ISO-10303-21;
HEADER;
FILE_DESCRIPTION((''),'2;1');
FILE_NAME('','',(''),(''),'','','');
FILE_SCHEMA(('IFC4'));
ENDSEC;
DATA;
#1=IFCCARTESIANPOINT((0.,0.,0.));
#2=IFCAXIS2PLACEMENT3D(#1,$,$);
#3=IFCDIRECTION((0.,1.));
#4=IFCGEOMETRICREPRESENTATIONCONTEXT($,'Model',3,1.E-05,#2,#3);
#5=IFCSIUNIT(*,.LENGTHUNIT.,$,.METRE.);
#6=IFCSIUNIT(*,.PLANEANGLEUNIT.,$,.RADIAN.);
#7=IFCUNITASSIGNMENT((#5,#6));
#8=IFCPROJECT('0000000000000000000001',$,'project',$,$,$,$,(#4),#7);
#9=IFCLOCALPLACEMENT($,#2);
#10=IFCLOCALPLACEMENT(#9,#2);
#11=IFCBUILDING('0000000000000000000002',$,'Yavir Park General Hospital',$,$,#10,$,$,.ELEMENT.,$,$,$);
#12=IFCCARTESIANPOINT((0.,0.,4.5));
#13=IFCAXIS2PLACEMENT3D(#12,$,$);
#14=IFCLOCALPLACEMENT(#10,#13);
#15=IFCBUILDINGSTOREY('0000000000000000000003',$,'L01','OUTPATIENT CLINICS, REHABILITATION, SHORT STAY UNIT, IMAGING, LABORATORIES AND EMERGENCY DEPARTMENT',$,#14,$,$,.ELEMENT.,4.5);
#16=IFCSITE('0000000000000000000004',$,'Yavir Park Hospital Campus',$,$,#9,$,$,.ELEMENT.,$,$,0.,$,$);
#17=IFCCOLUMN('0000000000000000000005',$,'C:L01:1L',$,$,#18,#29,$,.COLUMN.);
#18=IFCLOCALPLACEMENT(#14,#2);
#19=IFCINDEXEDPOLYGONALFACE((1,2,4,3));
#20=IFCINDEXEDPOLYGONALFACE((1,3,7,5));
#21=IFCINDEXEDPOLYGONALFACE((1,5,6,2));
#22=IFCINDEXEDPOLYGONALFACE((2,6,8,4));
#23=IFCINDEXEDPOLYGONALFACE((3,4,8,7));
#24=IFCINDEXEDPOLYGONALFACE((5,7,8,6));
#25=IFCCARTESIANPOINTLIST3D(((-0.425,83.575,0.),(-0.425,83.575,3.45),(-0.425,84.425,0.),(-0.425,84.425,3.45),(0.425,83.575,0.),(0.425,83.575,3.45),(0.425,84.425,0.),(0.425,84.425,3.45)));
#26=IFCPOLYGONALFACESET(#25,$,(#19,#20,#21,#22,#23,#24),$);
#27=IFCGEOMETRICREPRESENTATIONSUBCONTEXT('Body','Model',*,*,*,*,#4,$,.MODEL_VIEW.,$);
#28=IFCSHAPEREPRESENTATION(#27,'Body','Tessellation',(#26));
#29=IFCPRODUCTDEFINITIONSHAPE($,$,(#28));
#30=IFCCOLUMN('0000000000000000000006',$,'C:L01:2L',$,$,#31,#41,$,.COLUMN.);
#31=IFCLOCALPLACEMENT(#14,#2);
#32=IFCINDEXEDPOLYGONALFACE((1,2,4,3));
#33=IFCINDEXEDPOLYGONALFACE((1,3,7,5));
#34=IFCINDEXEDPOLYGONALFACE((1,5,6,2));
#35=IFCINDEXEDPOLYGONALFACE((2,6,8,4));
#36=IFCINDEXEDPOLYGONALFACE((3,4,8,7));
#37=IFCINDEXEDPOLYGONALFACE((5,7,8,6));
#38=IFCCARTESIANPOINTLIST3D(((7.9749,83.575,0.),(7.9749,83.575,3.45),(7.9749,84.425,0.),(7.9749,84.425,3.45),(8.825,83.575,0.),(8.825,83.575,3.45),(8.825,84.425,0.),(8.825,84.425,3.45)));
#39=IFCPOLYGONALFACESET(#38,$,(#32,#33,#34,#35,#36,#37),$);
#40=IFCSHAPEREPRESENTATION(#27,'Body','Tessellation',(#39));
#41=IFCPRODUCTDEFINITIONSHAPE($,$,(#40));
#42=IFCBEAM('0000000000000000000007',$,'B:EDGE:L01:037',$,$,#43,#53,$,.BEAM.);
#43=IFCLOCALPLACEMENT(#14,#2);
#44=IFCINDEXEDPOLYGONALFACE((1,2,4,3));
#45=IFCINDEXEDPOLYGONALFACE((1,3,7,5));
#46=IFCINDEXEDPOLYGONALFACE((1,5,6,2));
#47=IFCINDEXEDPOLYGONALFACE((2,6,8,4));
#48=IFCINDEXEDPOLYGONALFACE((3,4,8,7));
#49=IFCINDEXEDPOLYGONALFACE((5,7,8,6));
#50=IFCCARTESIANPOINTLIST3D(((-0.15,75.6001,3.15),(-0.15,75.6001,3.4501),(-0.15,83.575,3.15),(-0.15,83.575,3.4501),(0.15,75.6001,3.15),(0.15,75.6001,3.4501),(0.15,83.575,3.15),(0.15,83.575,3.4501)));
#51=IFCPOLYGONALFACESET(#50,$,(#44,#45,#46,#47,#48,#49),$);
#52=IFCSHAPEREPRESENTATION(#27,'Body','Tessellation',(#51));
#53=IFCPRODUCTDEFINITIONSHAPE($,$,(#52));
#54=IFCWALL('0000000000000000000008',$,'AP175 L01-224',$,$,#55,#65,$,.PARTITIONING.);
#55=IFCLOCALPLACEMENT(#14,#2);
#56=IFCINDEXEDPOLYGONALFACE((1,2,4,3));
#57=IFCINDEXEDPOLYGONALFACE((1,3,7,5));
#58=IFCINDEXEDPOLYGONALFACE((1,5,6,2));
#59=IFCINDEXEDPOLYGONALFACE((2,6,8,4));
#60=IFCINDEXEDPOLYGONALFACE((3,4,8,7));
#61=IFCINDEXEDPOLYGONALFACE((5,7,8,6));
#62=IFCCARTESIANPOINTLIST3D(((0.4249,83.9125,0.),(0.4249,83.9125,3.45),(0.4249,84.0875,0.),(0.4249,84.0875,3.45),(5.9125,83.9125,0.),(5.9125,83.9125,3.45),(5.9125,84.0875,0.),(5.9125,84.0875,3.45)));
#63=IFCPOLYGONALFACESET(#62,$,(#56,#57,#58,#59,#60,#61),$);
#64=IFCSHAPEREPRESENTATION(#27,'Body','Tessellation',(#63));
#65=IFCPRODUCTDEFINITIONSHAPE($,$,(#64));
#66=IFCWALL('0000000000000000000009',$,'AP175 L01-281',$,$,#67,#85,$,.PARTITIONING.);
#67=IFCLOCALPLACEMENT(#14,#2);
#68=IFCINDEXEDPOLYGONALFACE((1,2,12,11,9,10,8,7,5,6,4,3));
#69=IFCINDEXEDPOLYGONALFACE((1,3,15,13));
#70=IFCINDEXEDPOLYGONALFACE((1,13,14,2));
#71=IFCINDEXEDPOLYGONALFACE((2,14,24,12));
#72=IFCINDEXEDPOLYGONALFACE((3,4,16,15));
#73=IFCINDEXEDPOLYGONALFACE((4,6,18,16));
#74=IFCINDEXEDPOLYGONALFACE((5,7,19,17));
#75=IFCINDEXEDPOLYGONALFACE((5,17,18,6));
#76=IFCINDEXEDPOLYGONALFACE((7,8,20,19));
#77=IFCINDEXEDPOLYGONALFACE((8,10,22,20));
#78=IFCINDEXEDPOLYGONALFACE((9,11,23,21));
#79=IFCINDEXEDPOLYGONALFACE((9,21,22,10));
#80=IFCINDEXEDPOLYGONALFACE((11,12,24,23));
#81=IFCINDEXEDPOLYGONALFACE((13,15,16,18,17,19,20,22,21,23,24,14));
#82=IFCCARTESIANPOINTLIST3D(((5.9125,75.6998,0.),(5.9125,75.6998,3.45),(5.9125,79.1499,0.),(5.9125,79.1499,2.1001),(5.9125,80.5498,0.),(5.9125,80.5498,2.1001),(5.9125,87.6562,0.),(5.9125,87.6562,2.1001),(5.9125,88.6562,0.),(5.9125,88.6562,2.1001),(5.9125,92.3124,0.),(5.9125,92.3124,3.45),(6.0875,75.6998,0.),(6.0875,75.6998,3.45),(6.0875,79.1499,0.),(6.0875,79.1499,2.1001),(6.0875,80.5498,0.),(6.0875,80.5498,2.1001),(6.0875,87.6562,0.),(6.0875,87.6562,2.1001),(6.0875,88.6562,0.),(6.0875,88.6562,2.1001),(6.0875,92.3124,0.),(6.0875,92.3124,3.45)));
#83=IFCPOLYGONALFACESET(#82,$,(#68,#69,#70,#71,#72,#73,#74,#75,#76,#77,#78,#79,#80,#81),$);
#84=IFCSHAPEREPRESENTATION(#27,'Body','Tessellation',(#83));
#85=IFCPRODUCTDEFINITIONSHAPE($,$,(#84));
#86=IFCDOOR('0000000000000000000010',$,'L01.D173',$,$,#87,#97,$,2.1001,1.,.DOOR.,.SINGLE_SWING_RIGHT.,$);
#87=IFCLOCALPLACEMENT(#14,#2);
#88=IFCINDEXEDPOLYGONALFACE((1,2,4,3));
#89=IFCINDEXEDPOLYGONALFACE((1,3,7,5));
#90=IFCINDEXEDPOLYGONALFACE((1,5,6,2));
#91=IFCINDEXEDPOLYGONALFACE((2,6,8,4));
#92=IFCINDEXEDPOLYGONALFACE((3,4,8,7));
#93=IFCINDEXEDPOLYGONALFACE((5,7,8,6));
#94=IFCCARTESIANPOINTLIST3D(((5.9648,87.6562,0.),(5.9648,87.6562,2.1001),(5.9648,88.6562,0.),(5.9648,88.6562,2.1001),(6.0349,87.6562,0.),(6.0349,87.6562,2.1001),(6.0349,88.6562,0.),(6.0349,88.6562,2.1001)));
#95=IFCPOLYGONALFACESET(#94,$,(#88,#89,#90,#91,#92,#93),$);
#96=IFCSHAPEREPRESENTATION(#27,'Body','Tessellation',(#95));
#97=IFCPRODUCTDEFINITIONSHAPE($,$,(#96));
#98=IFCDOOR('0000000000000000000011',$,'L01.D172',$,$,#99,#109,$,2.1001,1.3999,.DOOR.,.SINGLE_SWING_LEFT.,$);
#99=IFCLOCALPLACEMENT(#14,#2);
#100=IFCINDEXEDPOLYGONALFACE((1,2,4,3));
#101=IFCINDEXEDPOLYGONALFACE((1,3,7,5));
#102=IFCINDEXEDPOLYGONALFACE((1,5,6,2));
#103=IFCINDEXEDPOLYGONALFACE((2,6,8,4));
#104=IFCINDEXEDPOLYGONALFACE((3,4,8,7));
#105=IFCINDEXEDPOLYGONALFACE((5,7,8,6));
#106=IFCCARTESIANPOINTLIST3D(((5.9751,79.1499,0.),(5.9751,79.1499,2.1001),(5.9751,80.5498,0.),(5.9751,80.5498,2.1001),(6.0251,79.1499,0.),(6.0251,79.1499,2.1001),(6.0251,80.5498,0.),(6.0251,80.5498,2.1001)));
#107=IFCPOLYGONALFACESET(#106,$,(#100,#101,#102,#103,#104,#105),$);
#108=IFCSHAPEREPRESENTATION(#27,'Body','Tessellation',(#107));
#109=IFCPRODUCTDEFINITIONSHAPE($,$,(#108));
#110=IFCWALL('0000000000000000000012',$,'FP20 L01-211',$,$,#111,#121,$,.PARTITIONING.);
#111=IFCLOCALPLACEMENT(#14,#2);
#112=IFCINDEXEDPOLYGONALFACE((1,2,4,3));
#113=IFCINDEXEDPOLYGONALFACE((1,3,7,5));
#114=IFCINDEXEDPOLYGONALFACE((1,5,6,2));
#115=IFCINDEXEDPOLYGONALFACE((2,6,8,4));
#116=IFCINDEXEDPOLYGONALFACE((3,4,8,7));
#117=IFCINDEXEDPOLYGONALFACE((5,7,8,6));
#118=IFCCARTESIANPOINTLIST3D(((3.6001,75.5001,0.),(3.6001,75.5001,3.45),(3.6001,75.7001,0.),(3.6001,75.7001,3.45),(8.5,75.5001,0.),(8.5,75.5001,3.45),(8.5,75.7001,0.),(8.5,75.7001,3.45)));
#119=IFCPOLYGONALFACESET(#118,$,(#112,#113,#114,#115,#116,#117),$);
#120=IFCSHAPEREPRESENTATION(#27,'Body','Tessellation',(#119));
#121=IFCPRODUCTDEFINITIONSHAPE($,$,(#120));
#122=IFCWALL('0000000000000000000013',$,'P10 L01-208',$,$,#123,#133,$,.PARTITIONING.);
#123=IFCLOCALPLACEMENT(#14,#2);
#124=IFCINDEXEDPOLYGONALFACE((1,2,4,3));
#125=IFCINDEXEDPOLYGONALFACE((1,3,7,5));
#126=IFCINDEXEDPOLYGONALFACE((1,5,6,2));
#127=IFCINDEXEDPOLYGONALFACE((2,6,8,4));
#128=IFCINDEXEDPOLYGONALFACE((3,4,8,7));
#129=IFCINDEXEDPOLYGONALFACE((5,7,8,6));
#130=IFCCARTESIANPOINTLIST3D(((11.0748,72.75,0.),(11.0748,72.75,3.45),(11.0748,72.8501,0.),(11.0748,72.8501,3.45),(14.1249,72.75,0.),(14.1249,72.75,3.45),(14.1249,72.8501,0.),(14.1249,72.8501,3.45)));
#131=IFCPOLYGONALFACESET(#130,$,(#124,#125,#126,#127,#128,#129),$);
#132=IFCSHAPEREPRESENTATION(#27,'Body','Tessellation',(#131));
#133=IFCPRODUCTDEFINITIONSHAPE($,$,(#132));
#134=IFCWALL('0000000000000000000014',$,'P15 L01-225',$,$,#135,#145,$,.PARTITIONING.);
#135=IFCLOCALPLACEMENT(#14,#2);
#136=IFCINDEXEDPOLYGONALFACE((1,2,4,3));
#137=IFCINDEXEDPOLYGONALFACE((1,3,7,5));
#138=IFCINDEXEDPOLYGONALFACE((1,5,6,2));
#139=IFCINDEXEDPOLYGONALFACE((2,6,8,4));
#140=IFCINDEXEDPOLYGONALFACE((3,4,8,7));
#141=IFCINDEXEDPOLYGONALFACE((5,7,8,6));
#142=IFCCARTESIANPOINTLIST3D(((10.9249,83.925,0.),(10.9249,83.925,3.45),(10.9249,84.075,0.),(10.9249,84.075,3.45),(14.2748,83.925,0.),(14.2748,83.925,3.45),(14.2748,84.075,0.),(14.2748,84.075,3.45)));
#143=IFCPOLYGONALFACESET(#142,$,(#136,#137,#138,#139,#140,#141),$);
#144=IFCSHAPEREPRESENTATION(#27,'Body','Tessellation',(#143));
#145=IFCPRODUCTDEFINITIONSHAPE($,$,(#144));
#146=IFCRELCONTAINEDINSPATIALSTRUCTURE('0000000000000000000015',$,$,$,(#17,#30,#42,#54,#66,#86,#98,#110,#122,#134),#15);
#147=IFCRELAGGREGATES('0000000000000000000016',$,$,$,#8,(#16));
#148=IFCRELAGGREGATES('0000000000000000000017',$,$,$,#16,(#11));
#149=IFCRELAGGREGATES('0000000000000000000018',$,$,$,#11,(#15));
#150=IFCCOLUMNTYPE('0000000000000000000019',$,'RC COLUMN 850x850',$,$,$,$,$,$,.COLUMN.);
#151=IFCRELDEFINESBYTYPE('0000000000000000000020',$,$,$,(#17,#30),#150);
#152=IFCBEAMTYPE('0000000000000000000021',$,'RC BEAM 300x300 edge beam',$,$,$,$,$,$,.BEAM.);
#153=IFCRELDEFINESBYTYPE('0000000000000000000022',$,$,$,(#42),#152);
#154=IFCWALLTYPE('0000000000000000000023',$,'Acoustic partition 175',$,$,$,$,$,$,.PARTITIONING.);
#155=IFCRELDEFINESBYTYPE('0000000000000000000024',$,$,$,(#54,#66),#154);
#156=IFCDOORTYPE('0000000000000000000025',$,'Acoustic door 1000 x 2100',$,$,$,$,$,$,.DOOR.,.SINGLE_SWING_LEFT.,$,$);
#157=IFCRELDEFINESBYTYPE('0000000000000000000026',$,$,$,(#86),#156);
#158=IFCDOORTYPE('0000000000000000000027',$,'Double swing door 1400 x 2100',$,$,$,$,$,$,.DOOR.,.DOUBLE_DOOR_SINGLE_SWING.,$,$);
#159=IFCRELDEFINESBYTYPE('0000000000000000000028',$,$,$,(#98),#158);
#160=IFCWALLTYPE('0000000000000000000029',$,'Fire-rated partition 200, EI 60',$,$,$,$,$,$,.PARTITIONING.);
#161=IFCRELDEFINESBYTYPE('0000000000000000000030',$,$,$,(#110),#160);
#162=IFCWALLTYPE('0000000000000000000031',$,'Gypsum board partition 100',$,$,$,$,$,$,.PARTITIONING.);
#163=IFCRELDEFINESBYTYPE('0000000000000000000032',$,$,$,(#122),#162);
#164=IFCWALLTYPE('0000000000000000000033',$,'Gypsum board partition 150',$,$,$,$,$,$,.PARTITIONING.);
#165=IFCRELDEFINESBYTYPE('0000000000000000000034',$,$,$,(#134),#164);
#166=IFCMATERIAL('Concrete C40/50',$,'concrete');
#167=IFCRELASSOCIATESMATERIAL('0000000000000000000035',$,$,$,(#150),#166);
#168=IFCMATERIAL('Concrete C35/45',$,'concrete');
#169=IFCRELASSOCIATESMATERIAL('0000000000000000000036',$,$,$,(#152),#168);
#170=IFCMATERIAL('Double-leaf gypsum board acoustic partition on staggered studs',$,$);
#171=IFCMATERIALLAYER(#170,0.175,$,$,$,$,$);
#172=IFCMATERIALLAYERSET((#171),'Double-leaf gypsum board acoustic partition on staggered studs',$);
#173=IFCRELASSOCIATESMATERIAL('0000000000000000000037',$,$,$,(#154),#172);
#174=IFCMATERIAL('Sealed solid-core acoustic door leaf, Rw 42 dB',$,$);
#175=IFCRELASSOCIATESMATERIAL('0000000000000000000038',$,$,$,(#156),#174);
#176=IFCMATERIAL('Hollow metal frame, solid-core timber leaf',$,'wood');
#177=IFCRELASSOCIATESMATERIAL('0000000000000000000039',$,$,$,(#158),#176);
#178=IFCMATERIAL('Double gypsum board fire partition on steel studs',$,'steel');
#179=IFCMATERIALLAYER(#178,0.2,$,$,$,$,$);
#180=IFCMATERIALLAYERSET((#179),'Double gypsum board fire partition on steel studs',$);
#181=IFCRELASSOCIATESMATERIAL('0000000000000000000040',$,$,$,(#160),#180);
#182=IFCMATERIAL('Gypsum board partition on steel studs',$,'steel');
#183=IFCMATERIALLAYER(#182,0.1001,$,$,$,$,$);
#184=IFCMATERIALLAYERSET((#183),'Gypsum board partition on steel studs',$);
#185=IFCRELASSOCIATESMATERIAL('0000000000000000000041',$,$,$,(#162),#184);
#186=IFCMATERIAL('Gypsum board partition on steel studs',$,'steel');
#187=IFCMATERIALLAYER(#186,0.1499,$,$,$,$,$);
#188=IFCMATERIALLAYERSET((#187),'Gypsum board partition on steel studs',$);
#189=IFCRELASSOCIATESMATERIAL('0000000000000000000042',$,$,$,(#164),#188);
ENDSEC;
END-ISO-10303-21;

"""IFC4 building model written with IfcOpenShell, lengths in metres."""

from ifc_helpers import new_model, si_unit, direction, frame, frame_2d, origin, origin_2d, place, context, subcontext, project, spatial, rectangle, extrude, material, layer, layer_set, material_profile, profile_set, type_object, element, fill, save


model = new_model("IFC4")

# Units and contexts
model_context = context("Model", 3, precision=1e-05, world=origin(), true_north=direction((0.0, 1.0)))
body_context = subcontext(model_context, "Body", "Model", "MODEL_VIEW")
ifc_project = project(units=[si_unit("LENGTHUNIT", "METRE"), si_unit("PLANEANGLEUNIT", "RADIAN")], contexts=[model_context])

# Site, building, storey
site_placement = place(None, origin())
site = spatial("IfcSite", under=ifc_project, at=site_placement, Name="Yavir Park Hospital Campus", CompositionType="ELEMENT", RefElevation=0.0)
building_placement = place(site_placement, origin())
building = spatial("IfcBuilding", under=site, at=building_placement, Name="Yavir Park General Hospital", CompositionType="ELEMENT")
storey_placement = place(building_placement, frame((0.0, 0.0, 4.5)))
storey = spatial("IfcBuildingStorey", under=building, at=storey_placement, Name="L01", Description="OUTPATIENT CLINICS, REHABILITATION, SHORT STAY UNIT, IMAGING, LABORATORIES AND EMERGENCY DEPARTMENT", CompositionType="ELEMENT", Elevation=4.5)

# Columns
ifc_material_1 = material(Name="Concrete C40/50", Category="concrete")
ifc_material_profile_1 = material_profile(ifc_material_1, rectangle(XDim=0.8501, YDim=0.8501, at=origin_2d()), Name="RC850x850")
ifc_profile_set_1 = profile_set([ifc_material_profile_1], Name="Concrete C40/50")
column_type = type_object("IfcColumnType", Name="RC COLUMN 850x850", PredefinedType="COLUMN", material=ifc_profile_set_1)
for number, where, z_axis, x_axis, name in (
    (1, (0.0, 84.0, 0.0), (0.0, 0.0, 1.0), (1.0, 0.0, 0.0), "C:L01:1L"),
    (2, (8.3999, 84.0, 0.0), (0.0, 0.0, 1.0), (1.0, 0.0, 0.0), "C:L01:2L"),
):
    element("IfcColumn", number, at=place(storey_placement, frame(where, z_axis=z_axis, x_axis=x_axis)), inside=storey, type_object=column_type, Name=name, PredefinedType="COLUMN", context=body_context, shape_type="SweptSolid", body=[
        extrude(rectangle(XDim=0.8501, YDim=0.8501, at=origin_2d()), origin(), (0.0, 0.0, 1.0), 3.45),
    ])

# Beam
ifc_material_2 = material(Name="Concrete C35/45", Category="concrete")
ifc_material_profile_2 = material_profile(ifc_material_2, rectangle(XDim=0.3, YDim=0.3, at=origin_2d()), Name="RC300x300")
ifc_profile_set_2 = profile_set([ifc_material_profile_2], Name="Concrete C35/45")
beam_type = type_object("IfcBeamType", Name="RC BEAM 300x300 edge beam", PredefinedType="BEAM", material=ifc_profile_set_2)
beam_placement = place(storey_placement, frame((0.0, 75.6001, 3.3), z_axis=(0.0, 1.0, 0.0), x_axis=(-1.0, 0.0, 0.0)))
element("IfcBeam", 3, at=beam_placement, inside=storey, type_object=beam_type, Name="B:EDGE:L01:037", PredefinedType="BEAM", context=body_context, shape_type="SweptSolid", body=[
    extrude(rectangle(XDim=0.3, YDim=0.3, at=origin_2d()), origin(), (0.0, 0.0, 1.0), 7.9749),
])

# Wall
ifc_material_3 = material(Name="Double-leaf gypsum board acoustic partition on staggered studs")
ifc_layer_1 = layer(ifc_material_3, 0.175)
ifc_layer_set_1 = layer_set([ifc_layer_1], Name="Double-leaf gypsum board acoustic partition on staggered studs")
wall_type_1 = type_object("IfcWallType", Name="Acoustic partition 175", PredefinedType="PARTITIONING", material=ifc_layer_set_1)
wall_1_placement = place(storey_placement, frame((0.425, 84.0, 0.0), z_axis=(0.0, 0.0, 1.0), x_axis=(1.0, 0.0, 0.0)))
element("IfcWall", 4, at=wall_1_placement, inside=storey, type_object=wall_type_1, Name="AP175 L01-224", PredefinedType="PARTITIONING", context=body_context, shape_type="SweptSolid", body=[
    extrude(rectangle(XDim=5.4875, YDim=0.175, at=frame_2d((2.7437, 0.0))), origin(), (0.0, 0.0, 1.0), 3.45),
])

# Wall, openings, doors
wall_2_placement = place(storey_placement, frame((6.0, 75.7, 0.0), z_axis=(0.0, 0.0, 1.0), x_axis=(0.0, 1.0, 0.0)))
wall_2 = element("IfcWall", 5, at=wall_2_placement, inside=storey, type_object=wall_type_1, Name="AP175 L01-281", PredefinedType="PARTITIONING", context=body_context, shape_type="SweptSolid", body=[
    extrude(rectangle(XDim=16.6125, YDim=0.175, at=frame_2d((8.3062, 0.0))), origin(), (0.0, 0.0, 1.0), 3.45),
])
opening_1_placement = place(wall_2_placement, frame((3.45, 0.0, 0.0)))
opening_1 = element("IfcOpeningElement", 6, at=opening_1_placement, cuts=wall_2, PredefinedType="OPENING", context=body_context, shape_type="SweptSolid", body=[
    extrude(rectangle(XDim=1.3999, YDim=2.1001, at=frame_2d((0.7, 1.05))), frame((0.0, 0.0974, 0.0), z_axis=(0.0, -1.0, 0.0), x_axis=(1.0, 0.0, 0.0)), (0.0, 0.0, 1.0), 0.1951),
])
opening_2_placement = place(wall_2_placement, frame((11.9563, 0.0, 0.0)))
opening_2 = element("IfcOpeningElement", 7, at=opening_2_placement, cuts=wall_2, PredefinedType="OPENING", context=body_context, shape_type="SweptSolid", body=[
    extrude(rectangle(XDim=1.0, YDim=2.1001, at=frame_2d((0.5, 1.05))), frame((0.0, 0.0974, 0.0), z_axis=(0.0, -1.0, 0.0), x_axis=(1.0, 0.0, 0.0)), (0.0, 0.0, 1.0), 0.1951),
])
ifc_material_4 = material(Name="Sealed solid-core acoustic door leaf, Rw 42 dB")
door_type_1 = type_object("IfcDoorType", Name="Acoustic door 1000 x 2100", OperationType="SINGLE_SWING_LEFT", PredefinedType="DOOR", material=ifc_material_4)
door_1_placement = place(opening_2_placement, origin())
door_1 = element("IfcDoor", 8, at=door_1_placement, inside=storey, type_object=door_type_1, Name="L01.D173", OperationType="SINGLE_SWING_RIGHT", OverallHeight=2.1001, OverallWidth=1.0, PredefinedType="DOOR", context=body_context, shape_type="SweptSolid", body=[
    extrude(rectangle(XDim=1.0, YDim=2.1001, at=frame_2d((0.5, 1.05))), frame((0.0, 0.0352, 0.0), z_axis=(0.0, -1.0, 0.0), x_axis=(1.0, 0.0, 0.0)), (0.0, 0.0, 1.0), 0.0701),
])
fill(opening_2, door_1)
ifc_material_5 = material(Name="Hollow metal frame, solid-core timber leaf", Category="wood")
door_type_2 = type_object("IfcDoorType", Name="Double swing door 1400 x 2100", OperationType="DOUBLE_DOOR_SINGLE_SWING", PredefinedType="DOOR", material=ifc_material_5)
door_2_placement = place(opening_1_placement, origin())
door_2 = element("IfcDoor", 9, at=door_2_placement, inside=storey, type_object=door_type_2, Name="L01.D172", OperationType="SINGLE_SWING_LEFT", OverallHeight=2.1001, OverallWidth=1.3999, PredefinedType="DOOR", context=body_context, shape_type="SweptSolid", body=[
    extrude(rectangle(XDim=1.3999, YDim=2.1001, at=frame_2d((0.7, 1.05))), frame((0.0, 0.0249, 0.0), z_axis=(0.0, -1.0, 0.0), x_axis=(1.0, 0.0, 0.0)), (0.0, 0.0, 1.0), 0.05),
])
fill(opening_1, door_2)

# Walls
ifc_material_6 = material(Name="Double gypsum board fire partition on steel studs", Category="steel")
ifc_layer_2 = layer(ifc_material_6, 0.2)
ifc_layer_set_2 = layer_set([ifc_layer_2], Name="Double gypsum board fire partition on steel studs")
wall_type_2 = type_object("IfcWallType", Name="Fire-rated partition 200, EI 60", PredefinedType="PARTITIONING", material=ifc_layer_set_2)
wall_3_placement = place(storey_placement, frame((3.6001, 75.6001, 0.0), z_axis=(0.0, 0.0, 1.0), x_axis=(1.0, 0.0, 0.0)))
element("IfcWall", 10, at=wall_3_placement, inside=storey, type_object=wall_type_2, Name="FP20 L01-211", PredefinedType="PARTITIONING", context=body_context, shape_type="SweptSolid", body=[
    extrude(rectangle(XDim=4.8999, YDim=0.2, at=frame_2d((2.45, 0.0))), origin(), (0.0, 0.0, 1.0), 3.45),
])
ifc_material_7 = material(Name="Gypsum board partition on steel studs", Category="steel")
ifc_layer_3 = layer(ifc_material_7, 0.1001)
ifc_layer_set_3 = layer_set([ifc_layer_3], Name="Gypsum board partition on steel studs")
wall_type_3 = type_object("IfcWallType", Name="Gypsum board partition 100", PredefinedType="PARTITIONING", material=ifc_layer_set_3)
wall_4_placement = place(storey_placement, frame((11.075, 72.8, 0.0), z_axis=(0.0, 0.0, 1.0), x_axis=(1.0, 0.0, 0.0)))
element("IfcWall", 11, at=wall_4_placement, inside=storey, type_object=wall_type_3, Name="P10 L01-208", PredefinedType="PARTITIONING", context=body_context, shape_type="SweptSolid", body=[
    extrude(rectangle(XDim=3.05, YDim=0.1001, at=frame_2d((1.5249, 0.0))), origin(), (0.0, 0.0, 1.0), 3.45),
])
ifc_material_8 = material(Name="Gypsum board partition on steel studs", Category="steel")
ifc_layer_4 = layer(ifc_material_8, 0.1499)
ifc_layer_set_4 = layer_set([ifc_layer_4], Name="Gypsum board partition on steel studs")
wall_type_4 = type_object("IfcWallType", Name="Gypsum board partition 150", PredefinedType="PARTITIONING", material=ifc_layer_set_4)
wall_5_placement = place(storey_placement, frame((10.925, 84.0, 0.0), z_axis=(0.0, 0.0, 1.0), x_axis=(1.0, 0.0, 0.0)))
element("IfcWall", 12, at=wall_5_placement, inside=storey, type_object=wall_type_4, Name="P15 L01-225", PredefinedType="PARTITIONING", context=body_context, shape_type="SweptSolid", body=[
    extrude(rectangle(XDim=3.3499, YDim=0.1499, at=frame_2d((1.6748, 0.0))), origin(), (0.0, 0.0, 1.0), 3.45),
])

save(model, "model.ifc")
